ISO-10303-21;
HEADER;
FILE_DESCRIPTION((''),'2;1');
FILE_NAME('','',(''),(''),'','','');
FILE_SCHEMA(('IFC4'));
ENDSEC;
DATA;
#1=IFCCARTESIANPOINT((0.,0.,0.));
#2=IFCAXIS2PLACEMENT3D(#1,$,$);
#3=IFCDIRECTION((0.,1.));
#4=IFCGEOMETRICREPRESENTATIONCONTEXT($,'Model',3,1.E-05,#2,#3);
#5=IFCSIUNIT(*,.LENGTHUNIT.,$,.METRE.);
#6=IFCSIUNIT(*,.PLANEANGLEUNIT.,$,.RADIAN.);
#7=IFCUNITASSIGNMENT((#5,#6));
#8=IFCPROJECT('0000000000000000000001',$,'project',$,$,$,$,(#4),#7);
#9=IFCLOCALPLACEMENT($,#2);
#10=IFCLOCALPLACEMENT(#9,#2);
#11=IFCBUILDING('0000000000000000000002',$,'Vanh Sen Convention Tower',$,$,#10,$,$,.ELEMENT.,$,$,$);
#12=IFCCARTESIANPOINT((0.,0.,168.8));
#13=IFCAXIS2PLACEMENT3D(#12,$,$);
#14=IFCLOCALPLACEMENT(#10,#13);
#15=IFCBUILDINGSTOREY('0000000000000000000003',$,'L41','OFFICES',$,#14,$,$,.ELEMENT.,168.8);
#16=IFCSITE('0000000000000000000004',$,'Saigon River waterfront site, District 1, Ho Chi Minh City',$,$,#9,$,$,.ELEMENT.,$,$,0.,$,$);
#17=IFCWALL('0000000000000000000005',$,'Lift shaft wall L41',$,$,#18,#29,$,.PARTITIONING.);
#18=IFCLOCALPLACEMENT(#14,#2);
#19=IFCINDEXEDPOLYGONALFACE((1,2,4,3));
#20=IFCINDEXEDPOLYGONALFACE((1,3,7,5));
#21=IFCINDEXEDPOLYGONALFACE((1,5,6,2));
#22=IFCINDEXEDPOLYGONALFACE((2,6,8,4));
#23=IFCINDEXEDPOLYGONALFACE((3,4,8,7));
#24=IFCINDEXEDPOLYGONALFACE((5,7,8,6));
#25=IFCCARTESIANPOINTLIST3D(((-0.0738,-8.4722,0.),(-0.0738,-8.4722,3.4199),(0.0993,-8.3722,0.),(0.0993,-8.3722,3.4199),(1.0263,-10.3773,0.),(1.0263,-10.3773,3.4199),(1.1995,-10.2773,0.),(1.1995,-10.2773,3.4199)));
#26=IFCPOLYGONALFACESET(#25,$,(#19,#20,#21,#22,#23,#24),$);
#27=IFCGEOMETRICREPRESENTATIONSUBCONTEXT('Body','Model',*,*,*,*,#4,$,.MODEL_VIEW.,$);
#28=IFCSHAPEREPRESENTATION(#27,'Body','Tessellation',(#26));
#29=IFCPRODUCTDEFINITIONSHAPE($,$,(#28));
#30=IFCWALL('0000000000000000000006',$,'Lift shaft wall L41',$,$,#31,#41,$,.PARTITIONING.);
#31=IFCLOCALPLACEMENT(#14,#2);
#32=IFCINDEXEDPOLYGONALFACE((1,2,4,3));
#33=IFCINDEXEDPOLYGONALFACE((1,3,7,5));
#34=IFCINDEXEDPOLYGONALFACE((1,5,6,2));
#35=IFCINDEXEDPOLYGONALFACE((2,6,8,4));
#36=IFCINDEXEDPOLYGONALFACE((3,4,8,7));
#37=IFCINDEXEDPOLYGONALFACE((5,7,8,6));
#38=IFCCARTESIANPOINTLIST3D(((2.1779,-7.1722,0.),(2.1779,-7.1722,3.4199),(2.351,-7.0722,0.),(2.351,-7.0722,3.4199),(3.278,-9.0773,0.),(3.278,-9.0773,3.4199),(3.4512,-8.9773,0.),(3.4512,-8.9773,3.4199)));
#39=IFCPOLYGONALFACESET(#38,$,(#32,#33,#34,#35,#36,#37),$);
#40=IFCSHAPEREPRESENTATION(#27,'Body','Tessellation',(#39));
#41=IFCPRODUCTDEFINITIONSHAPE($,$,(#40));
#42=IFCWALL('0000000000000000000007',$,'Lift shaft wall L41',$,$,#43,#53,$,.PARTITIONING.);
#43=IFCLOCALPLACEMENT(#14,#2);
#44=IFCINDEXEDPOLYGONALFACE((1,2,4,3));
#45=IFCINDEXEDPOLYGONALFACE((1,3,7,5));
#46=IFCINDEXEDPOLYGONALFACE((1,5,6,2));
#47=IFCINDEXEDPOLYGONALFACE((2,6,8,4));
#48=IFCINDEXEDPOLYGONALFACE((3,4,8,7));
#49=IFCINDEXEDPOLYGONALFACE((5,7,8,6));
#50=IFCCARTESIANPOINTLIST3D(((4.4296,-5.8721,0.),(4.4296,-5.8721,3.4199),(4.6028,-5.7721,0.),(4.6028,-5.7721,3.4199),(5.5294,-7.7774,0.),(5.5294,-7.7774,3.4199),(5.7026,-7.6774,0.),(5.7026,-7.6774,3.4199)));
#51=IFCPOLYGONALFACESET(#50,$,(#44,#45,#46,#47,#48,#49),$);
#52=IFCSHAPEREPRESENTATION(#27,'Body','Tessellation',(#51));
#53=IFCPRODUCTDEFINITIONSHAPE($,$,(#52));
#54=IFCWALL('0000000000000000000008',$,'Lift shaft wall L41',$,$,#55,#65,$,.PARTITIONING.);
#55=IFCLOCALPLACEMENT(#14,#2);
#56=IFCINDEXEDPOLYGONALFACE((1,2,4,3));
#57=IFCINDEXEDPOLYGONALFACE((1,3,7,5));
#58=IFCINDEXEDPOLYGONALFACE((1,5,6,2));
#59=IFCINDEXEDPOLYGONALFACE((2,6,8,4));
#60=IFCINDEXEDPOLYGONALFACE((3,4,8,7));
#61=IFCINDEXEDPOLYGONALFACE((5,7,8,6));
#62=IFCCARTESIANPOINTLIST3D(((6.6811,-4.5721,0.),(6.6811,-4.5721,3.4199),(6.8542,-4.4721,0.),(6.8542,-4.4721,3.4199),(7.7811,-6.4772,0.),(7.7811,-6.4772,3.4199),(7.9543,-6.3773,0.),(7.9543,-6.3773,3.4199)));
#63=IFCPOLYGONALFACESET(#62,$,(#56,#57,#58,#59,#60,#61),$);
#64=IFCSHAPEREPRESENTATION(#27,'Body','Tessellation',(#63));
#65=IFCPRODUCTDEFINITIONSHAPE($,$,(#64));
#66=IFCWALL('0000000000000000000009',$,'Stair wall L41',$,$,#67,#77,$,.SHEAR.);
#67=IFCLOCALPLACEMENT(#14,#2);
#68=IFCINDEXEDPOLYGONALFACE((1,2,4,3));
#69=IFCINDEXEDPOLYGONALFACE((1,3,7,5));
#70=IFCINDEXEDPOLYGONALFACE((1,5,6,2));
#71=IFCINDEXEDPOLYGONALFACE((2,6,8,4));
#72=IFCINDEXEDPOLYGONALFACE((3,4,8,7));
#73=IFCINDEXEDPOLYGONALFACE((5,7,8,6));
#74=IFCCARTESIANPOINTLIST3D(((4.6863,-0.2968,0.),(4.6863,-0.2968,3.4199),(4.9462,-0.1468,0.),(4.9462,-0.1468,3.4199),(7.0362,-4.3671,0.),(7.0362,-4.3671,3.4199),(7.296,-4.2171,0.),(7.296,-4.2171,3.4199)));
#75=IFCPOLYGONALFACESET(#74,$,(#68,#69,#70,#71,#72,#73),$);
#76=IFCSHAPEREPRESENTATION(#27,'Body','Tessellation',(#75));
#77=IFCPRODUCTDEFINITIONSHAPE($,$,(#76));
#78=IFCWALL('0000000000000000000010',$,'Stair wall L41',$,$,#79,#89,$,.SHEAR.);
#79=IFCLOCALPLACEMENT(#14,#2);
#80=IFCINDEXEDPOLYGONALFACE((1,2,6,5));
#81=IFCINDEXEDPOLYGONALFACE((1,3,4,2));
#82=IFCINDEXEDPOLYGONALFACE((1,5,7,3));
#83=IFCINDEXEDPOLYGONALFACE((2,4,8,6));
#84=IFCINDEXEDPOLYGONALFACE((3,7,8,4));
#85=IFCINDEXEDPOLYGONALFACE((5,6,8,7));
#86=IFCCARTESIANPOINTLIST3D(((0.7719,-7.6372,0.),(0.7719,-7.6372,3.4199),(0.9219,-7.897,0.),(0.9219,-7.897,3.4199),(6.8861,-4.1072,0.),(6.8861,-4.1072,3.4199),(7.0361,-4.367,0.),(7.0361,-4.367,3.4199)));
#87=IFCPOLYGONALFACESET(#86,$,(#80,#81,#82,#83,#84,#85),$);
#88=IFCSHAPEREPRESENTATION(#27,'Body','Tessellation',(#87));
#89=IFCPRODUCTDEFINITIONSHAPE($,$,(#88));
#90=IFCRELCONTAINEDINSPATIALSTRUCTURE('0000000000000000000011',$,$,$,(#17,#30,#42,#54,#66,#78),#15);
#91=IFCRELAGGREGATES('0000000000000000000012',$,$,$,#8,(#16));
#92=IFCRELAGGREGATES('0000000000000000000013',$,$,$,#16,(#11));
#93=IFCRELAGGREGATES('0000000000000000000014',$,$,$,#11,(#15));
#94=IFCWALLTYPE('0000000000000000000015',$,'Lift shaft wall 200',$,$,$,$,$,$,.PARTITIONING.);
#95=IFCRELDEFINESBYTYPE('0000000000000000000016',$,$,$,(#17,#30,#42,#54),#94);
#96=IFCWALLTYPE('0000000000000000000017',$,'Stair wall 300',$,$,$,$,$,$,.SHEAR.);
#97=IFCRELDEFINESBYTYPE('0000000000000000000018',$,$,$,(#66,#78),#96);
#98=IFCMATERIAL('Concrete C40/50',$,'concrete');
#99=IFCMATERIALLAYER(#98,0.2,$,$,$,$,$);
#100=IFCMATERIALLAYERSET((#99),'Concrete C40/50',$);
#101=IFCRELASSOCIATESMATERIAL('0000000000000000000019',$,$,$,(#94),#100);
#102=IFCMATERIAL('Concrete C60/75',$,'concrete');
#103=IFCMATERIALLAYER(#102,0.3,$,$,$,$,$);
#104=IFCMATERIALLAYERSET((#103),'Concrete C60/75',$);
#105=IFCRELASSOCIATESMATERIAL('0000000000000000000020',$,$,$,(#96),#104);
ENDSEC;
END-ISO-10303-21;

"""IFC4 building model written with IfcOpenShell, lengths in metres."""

from ifc_helpers import new_model, si_unit, direction, frame, frame_2d, origin, place, context, subcontext, project, spatial, rectangle, extrude, material, layer, layer_set, type_object, element, save


model = new_model("IFC4")

# Units and contexts
model_context = context("Model", 3, precision=1e-05, world=origin(), true_north=direction((0.0, 1.0)))
body_context = subcontext(model_context, "Body", "Model", "MODEL_VIEW")
ifc_project = project(units=[si_unit("LENGTHUNIT", "METRE"), si_unit("PLANEANGLEUNIT", "RADIAN")], contexts=[model_context])

# Site, building, storey
site_placement = place(None, origin())
site = spatial("IfcSite", under=ifc_project, at=site_placement, Name="Saigon River waterfront site, District 1, Ho Chi Minh City", CompositionType="ELEMENT", RefElevation=0.0)
building_placement = place(site_placement, origin())
building = spatial("IfcBuilding", under=site, at=building_placement, Name="Vanh Sen Convention Tower", CompositionType="ELEMENT")
storey_placement = place(building_placement, frame((0.0, 0.0, 168.8)))
storey = spatial("IfcBuildingStorey", under=building, at=storey_placement, Name="L41", Description="OFFICES", CompositionType="ELEMENT", Elevation=168.8)

# Shared definitions
ifc_material_1 = material(Name="Concrete C40/50", Category="concrete")

# Walls
ifc_layer_1 = layer(ifc_material_1, 0.2)
ifc_layer_set_1 = layer_set([ifc_layer_1], Name="Concrete C40/50")
wall_type_1 = type_object("IfcWallType", Name="Lift shaft wall 200", PredefinedType="PARTITIONING", material=ifc_layer_set_1)
for number, where, z_axis, x_axis, name in (
    (1, (0.0127, -8.4221, 0.0), (0.0, 0.0, 1.0), (0.500078, -0.86598, 0.0), "Lift shaft wall L41"),
    (2, (2.2644, -7.1221, 0.0), (0.0, 0.0, 1.0), (0.500078, -0.86598, 0.0), "Lift shaft wall L41"),
    (3, (4.5161, -5.822, 0.0), (0.0, 0.0, 1.0), (0.499947, -0.866056, 0.0), "Lift shaft wall L41"),
    (4, (6.7676, -4.522, 0.0), (0.0, 0.0, 1.0), (0.50003, -0.866008, 0.0), "Lift shaft wall L41"),
):
    element("IfcWall", number, at=place(storey_placement, frame(where, z_axis=z_axis, x_axis=x_axis)), inside=storey, type_object=wall_type_1, Name=name, PredefinedType="PARTITIONING", context=body_context, shape_type="SweptSolid", body=[
        extrude(rectangle(XDim=2.2, YDim=0.2, at=frame_2d((1.1001, 0.0))), origin(), (0.0, 0.0, 1.0), 3.4199),
    ])
ifc_material_2 = material(Name="Concrete C60/75", Category="concrete")
ifc_layer_2 = layer(ifc_material_2, 0.3)
ifc_layer_set_2 = layer_set([ifc_layer_2], Name="Concrete C60/75")
wall_type_2 = type_object("IfcWallType", Name="Stair wall 300", PredefinedType="SHEAR", material=ifc_layer_set_2)
wall_1_placement = place(storey_placement, frame((4.8162, -0.2217, 0.0), z_axis=(0.0, 0.0, 1.0), x_axis=(0.499977, -0.866039, 0.0)))
element("IfcWall", 5, at=wall_1_placement, inside=storey, type_object=wall_type_2, Name="Stair wall L41", PredefinedType="SHEAR", context=body_context, shape_type="SweptSolid", body=[
    extrude(rectangle(XDim=4.7, YDim=0.3, at=frame_2d((2.3501, 0.0))), origin(), (0.0, 0.0, 1.0), 3.4199),
])
wall_2_placement = place(storey_placement, frame((0.8469, -7.7671, 0.0), z_axis=(0.0, 0.0, 1.0), x_axis=(0.866028, 0.499996, 0.0)))
element("IfcWall", 6, at=wall_2_placement, inside=storey, type_object=wall_type_2, Name="Stair wall L41", PredefinedType="SHEAR", context=body_context, shape_type="SweptSolid", body=[
    extrude(rectangle(XDim=7.0601, YDim=0.3, at=frame_2d((3.53, 0.0))), origin(), (0.0, 0.0, 1.0), 3.4199),
])

save(model, "model.ifc")
